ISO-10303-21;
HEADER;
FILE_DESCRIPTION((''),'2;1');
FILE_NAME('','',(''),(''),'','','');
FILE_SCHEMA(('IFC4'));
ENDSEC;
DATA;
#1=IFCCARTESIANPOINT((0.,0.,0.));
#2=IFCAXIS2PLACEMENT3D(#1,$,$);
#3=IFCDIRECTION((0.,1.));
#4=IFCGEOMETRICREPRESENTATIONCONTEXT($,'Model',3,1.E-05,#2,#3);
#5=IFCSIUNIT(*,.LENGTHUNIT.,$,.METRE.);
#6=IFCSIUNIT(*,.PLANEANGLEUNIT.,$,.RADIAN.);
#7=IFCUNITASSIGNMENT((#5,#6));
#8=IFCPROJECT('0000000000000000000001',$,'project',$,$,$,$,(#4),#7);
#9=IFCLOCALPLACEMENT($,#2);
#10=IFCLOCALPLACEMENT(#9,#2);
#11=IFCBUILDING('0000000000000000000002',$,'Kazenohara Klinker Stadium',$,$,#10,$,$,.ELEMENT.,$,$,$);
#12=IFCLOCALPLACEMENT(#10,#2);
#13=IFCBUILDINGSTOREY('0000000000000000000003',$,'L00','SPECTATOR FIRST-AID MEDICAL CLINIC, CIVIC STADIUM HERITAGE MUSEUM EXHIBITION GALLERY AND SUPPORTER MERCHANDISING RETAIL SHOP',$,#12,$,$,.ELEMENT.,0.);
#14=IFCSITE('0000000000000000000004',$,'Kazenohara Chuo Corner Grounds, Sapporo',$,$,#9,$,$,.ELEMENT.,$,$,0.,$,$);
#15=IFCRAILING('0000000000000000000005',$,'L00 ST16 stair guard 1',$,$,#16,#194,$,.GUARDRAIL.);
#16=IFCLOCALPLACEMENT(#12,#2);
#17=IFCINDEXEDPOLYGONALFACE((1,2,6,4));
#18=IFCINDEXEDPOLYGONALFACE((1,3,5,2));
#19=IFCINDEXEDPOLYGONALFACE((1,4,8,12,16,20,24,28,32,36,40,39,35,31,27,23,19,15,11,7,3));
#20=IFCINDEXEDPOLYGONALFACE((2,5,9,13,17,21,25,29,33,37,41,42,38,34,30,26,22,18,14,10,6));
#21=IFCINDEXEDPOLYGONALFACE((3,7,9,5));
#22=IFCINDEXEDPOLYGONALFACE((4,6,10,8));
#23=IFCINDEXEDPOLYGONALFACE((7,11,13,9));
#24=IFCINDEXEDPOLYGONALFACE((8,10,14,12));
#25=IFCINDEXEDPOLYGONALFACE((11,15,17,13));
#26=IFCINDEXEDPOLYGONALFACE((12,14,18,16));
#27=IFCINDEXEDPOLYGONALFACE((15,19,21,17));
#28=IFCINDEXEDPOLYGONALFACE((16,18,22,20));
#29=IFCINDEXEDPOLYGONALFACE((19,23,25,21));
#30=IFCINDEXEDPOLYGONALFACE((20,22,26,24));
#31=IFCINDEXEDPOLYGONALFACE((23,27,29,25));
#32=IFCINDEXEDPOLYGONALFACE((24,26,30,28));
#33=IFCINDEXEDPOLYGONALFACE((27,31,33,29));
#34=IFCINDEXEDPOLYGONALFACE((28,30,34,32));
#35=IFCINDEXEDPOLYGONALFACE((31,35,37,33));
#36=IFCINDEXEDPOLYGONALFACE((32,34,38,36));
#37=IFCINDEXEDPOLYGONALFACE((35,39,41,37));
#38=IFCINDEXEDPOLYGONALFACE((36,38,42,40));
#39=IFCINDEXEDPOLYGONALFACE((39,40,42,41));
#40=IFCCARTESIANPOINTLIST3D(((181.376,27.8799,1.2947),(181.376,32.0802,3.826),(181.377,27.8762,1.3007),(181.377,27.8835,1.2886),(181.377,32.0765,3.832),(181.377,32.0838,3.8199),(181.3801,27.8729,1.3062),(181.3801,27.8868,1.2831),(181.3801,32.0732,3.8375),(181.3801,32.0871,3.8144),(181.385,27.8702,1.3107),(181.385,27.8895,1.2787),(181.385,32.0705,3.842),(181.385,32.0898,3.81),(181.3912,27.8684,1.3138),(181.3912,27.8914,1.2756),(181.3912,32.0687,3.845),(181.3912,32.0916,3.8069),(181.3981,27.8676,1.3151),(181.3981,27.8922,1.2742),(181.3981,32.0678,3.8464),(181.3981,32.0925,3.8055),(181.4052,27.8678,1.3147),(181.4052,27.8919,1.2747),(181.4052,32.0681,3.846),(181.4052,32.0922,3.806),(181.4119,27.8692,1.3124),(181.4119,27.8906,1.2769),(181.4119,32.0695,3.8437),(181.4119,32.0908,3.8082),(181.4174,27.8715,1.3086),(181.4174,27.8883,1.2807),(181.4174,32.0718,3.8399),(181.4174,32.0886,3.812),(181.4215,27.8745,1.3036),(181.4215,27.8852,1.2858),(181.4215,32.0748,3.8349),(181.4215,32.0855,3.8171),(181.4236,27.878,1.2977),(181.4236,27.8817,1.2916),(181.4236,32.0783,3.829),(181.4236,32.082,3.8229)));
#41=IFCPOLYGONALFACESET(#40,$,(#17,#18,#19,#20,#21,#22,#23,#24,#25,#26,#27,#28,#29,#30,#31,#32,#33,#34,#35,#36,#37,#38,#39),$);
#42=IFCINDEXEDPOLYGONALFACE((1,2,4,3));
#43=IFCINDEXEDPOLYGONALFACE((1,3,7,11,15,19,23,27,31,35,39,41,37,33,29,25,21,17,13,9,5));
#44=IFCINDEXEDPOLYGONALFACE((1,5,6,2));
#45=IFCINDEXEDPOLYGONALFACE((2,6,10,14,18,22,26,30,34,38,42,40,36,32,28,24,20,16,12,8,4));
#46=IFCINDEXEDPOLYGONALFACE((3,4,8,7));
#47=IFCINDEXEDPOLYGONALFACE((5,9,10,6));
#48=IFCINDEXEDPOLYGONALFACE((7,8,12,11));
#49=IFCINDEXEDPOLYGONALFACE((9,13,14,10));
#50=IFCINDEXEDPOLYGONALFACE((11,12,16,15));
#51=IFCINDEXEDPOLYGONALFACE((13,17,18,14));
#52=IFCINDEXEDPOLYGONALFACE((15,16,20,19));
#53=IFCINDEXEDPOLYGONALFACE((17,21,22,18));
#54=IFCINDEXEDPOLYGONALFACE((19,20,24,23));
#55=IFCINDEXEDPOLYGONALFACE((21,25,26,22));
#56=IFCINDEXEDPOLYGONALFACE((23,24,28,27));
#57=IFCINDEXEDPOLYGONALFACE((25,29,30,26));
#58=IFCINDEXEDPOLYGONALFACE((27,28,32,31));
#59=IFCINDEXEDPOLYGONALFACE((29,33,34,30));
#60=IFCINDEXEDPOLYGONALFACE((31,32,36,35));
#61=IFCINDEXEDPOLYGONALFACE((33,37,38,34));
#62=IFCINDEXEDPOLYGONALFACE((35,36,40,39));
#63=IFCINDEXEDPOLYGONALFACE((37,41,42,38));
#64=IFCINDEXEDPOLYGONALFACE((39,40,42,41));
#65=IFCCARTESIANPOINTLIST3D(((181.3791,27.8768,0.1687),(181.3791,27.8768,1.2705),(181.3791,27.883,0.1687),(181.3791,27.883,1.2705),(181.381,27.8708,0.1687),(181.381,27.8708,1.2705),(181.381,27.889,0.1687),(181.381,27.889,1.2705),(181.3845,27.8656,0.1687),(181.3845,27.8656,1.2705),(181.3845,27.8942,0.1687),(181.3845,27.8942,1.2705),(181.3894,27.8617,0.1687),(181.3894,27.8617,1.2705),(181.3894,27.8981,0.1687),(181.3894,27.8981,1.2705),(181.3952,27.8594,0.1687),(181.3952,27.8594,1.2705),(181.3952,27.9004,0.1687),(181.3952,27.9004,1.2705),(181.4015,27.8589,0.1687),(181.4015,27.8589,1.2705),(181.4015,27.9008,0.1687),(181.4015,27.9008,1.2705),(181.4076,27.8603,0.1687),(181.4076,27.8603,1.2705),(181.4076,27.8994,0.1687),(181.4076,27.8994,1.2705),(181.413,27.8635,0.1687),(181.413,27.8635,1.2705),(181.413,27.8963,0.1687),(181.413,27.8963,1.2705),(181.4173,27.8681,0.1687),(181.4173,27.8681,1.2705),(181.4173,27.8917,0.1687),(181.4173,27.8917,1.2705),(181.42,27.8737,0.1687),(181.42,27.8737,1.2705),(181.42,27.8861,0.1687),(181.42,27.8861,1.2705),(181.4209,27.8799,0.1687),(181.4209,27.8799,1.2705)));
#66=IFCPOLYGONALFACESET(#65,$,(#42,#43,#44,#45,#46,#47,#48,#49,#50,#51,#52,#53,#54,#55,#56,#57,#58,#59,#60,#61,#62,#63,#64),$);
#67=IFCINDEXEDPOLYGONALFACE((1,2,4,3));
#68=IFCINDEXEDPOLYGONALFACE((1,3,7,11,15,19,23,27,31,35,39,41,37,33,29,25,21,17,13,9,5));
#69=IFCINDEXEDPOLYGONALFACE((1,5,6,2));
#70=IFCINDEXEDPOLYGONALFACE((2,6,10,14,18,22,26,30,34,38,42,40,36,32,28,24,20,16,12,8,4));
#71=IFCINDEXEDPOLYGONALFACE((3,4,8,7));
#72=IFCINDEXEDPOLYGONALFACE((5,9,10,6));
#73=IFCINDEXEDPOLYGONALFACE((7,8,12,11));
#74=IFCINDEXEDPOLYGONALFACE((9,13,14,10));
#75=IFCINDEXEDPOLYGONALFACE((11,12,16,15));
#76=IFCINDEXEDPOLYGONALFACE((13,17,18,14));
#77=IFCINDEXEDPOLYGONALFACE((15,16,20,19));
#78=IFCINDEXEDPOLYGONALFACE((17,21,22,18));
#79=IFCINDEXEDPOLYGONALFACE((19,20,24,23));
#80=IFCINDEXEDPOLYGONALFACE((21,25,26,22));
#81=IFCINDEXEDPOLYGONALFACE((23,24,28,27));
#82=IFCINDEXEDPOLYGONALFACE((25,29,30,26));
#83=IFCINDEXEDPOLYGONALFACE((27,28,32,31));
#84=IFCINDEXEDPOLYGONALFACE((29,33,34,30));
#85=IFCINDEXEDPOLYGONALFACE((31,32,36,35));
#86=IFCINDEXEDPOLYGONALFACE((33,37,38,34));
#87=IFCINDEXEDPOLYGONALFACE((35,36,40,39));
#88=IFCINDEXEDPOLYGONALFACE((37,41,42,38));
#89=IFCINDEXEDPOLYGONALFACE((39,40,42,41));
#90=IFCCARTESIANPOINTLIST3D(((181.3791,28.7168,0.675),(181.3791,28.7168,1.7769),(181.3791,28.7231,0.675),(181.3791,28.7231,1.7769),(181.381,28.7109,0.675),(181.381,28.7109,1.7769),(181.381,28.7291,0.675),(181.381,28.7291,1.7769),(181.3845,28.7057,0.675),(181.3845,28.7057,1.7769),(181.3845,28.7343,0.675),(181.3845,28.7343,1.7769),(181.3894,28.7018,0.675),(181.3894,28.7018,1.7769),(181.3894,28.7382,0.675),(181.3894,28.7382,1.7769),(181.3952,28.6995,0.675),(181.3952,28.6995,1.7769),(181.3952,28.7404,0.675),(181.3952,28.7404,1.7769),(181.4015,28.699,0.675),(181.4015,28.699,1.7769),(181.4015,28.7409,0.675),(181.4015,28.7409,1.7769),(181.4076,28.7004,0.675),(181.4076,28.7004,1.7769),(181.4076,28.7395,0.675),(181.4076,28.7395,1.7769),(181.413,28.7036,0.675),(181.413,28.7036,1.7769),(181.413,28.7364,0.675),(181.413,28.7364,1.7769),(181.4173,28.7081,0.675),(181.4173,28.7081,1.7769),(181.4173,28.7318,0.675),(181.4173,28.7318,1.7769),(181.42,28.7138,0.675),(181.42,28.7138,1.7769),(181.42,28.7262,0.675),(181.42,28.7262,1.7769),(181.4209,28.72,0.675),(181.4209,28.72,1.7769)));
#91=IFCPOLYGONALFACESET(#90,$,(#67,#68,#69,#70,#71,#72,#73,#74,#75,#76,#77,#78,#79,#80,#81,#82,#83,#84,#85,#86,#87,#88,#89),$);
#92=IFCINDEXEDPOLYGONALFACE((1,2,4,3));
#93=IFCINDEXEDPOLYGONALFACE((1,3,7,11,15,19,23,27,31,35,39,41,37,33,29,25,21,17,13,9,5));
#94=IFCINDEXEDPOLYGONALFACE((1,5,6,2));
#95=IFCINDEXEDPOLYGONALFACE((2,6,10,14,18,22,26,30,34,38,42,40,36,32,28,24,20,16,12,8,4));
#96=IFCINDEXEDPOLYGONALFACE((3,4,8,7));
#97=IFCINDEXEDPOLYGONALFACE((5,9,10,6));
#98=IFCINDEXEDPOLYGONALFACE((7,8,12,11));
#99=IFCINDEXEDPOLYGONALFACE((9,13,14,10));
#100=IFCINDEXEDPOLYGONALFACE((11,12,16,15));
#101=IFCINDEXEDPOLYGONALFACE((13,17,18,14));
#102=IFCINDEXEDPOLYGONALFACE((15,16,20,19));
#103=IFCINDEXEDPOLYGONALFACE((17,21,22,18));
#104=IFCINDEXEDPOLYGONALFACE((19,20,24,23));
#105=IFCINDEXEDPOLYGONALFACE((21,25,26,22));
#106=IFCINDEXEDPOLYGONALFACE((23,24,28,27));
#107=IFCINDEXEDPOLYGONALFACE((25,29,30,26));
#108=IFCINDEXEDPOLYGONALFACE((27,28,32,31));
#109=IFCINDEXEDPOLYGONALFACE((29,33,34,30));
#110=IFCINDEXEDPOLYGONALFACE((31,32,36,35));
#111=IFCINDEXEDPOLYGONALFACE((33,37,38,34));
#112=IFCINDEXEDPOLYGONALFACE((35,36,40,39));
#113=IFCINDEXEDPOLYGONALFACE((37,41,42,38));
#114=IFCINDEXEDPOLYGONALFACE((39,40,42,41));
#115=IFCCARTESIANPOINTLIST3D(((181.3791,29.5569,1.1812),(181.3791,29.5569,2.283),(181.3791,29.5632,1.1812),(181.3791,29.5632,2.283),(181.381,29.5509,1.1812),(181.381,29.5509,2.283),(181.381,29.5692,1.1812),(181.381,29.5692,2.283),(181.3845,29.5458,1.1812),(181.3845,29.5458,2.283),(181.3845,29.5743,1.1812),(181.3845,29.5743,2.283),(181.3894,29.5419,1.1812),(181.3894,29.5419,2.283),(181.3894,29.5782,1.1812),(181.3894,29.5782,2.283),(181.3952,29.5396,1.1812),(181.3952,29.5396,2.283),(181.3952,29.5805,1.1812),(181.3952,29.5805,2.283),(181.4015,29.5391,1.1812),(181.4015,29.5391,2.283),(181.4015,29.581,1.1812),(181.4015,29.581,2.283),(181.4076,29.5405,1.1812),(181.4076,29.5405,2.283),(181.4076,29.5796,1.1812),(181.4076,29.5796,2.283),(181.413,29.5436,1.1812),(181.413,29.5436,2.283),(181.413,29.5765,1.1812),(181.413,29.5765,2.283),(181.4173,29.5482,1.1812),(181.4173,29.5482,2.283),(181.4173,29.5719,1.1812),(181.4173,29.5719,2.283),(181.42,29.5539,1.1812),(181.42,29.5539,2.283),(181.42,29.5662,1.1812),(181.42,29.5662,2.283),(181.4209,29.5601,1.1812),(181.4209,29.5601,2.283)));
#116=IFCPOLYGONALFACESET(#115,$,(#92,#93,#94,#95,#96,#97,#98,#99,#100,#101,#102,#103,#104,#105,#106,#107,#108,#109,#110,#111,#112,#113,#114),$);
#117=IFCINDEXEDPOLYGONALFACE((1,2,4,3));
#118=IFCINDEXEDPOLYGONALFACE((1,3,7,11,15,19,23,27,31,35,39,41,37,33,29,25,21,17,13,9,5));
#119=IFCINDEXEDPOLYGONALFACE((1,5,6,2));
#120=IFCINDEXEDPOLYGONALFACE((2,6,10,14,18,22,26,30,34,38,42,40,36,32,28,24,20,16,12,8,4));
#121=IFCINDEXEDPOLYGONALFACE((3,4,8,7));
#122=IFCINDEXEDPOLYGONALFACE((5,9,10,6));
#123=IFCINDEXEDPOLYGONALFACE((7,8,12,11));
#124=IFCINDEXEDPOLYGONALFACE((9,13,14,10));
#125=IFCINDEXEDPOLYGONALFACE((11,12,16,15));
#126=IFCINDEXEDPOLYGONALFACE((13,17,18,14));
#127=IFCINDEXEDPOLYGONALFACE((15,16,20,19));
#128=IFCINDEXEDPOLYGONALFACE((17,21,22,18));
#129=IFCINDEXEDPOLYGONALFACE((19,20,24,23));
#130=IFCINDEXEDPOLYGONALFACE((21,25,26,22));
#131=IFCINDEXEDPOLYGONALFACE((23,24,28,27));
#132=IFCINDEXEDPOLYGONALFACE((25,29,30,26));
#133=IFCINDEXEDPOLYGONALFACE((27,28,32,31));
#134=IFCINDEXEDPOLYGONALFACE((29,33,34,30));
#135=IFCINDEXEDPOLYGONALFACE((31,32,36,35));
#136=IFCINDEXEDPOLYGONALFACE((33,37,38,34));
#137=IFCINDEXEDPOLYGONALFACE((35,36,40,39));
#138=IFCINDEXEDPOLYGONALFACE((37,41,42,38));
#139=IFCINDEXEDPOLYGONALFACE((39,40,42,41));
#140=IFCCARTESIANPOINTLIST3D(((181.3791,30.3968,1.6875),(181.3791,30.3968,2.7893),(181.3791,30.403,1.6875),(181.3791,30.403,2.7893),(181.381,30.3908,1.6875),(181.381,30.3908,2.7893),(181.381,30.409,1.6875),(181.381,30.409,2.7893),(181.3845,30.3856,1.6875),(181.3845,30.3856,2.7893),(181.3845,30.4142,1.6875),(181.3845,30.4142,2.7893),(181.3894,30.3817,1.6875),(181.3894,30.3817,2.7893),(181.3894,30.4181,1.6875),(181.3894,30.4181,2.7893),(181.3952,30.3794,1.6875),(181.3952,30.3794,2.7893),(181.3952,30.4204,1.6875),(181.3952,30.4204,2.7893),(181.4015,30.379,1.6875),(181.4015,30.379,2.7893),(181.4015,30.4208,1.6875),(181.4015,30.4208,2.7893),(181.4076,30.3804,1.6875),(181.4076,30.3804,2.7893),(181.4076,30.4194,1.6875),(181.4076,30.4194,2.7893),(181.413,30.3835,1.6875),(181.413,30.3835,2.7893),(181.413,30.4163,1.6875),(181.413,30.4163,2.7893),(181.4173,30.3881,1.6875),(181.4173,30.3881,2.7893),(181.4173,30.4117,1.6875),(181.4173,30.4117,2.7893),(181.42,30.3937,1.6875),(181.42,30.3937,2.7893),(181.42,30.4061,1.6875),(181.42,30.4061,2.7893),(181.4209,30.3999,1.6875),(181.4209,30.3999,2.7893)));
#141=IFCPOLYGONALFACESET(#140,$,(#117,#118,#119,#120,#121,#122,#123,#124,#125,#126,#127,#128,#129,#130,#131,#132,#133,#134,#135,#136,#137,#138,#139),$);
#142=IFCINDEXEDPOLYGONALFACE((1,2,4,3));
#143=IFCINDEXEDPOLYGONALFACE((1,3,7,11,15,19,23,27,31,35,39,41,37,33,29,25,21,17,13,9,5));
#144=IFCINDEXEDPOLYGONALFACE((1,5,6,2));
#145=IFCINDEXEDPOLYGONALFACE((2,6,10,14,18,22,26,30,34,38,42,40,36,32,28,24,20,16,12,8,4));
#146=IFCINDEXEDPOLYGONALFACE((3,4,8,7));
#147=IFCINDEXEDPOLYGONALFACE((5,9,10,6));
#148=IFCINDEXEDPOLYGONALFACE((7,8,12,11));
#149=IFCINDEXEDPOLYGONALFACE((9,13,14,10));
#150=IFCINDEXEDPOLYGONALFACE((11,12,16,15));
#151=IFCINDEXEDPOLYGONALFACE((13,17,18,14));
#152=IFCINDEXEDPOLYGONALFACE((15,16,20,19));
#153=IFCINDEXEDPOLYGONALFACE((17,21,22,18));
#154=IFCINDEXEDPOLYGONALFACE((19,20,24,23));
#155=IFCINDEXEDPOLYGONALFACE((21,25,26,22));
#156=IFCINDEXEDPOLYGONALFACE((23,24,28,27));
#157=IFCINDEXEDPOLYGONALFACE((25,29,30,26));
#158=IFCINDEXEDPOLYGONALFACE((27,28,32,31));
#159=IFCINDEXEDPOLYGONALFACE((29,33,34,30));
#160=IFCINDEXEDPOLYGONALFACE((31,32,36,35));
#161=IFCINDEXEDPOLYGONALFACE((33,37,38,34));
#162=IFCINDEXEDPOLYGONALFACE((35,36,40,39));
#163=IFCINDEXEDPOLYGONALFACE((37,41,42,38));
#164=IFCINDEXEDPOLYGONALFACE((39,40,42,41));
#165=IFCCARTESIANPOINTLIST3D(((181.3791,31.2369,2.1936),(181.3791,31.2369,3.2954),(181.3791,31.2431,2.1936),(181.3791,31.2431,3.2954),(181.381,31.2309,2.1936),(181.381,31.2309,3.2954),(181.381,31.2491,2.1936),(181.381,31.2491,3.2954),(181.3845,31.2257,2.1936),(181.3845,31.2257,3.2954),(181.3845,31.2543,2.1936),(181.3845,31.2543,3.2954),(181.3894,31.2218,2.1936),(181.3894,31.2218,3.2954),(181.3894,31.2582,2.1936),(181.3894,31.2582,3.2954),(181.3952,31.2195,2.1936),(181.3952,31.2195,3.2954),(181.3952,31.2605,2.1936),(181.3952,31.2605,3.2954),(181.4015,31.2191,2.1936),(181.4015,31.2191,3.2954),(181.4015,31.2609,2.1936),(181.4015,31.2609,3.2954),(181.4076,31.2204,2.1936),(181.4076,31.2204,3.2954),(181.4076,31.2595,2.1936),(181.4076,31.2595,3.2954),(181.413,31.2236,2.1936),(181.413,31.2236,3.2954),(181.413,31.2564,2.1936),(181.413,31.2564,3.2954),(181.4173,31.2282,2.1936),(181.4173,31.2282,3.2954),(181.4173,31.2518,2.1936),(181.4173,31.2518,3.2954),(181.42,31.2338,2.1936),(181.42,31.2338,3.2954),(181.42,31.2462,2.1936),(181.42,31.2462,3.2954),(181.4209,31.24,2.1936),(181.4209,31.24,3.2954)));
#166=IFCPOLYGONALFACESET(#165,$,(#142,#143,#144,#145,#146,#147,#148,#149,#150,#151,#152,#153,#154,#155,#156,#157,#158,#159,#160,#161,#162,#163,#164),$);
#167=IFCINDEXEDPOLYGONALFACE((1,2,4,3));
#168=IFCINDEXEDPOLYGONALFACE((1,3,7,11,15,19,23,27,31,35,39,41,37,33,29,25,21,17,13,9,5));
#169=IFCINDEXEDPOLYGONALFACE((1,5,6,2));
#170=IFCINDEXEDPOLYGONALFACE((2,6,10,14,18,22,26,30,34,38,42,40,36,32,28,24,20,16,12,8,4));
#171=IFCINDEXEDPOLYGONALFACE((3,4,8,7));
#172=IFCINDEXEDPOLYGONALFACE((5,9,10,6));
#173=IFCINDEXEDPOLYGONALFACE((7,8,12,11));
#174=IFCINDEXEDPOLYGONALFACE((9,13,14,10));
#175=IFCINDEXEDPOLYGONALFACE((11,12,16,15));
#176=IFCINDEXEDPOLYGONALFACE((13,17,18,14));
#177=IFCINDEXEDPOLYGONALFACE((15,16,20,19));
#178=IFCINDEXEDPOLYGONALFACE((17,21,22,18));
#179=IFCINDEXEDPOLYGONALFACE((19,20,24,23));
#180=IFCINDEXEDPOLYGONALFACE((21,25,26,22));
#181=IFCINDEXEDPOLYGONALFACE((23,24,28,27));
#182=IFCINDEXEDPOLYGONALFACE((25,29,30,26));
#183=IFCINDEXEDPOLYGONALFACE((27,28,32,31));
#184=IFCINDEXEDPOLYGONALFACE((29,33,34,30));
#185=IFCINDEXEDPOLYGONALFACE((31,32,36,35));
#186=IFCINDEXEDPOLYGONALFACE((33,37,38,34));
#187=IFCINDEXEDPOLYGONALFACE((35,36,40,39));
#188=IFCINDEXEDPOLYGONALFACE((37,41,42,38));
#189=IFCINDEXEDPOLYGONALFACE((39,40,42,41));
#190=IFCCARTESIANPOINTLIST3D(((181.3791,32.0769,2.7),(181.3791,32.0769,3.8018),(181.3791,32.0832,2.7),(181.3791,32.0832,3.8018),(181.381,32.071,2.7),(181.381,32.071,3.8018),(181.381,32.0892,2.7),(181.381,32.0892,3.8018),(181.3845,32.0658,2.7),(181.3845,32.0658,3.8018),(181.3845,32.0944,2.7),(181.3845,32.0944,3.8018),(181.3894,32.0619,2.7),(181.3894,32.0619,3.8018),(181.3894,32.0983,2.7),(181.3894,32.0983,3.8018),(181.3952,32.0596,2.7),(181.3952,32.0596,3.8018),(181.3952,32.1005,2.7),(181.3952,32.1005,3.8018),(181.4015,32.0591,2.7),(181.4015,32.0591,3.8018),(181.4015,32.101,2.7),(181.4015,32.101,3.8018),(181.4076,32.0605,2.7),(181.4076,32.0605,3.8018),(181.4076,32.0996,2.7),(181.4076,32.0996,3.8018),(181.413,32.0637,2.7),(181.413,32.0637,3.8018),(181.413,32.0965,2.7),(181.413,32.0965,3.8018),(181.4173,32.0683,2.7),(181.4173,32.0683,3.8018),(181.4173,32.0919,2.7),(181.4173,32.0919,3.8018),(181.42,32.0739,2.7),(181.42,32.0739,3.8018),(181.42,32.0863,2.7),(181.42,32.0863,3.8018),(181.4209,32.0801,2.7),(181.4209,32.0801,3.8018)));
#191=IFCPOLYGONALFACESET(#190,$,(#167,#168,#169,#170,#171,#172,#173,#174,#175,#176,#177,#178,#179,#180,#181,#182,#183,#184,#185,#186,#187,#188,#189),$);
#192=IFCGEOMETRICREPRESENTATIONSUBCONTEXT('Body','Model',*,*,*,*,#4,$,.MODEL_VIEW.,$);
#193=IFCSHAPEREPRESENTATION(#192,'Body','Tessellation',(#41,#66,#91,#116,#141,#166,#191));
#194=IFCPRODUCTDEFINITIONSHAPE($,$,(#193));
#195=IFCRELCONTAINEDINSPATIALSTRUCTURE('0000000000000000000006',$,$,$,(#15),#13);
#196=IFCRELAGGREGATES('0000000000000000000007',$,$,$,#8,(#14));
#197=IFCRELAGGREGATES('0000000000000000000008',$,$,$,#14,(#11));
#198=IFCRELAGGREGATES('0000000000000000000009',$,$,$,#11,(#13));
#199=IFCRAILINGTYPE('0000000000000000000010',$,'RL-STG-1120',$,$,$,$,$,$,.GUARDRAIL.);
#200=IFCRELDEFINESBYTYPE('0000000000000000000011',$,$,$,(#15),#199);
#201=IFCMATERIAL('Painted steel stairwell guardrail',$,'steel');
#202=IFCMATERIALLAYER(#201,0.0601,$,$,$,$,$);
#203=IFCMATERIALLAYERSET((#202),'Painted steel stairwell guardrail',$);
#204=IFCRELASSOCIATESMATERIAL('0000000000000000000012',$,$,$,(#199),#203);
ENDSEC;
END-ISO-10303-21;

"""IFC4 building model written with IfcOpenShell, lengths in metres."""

from ifc_helpers import new_model, si_unit, direction, frame, origin, origin_2d, place, context, subcontext, project, spatial, circle, extrude, material, layer, layer_set, type_object, element, save


model = new_model("IFC4")

# Units and contexts
model_context = context("Model", 3, precision=1e-05, world=origin(), true_north=direction((0.0, 1.0)))
body_context = subcontext(model_context, "Body", "Model", "MODEL_VIEW")
ifc_project = project(units=[si_unit("LENGTHUNIT", "METRE"), si_unit("PLANEANGLEUNIT", "RADIAN")], contexts=[model_context])

# Site, building, storey
site_placement = place(None, origin())
site = spatial("IfcSite", under=ifc_project, at=site_placement, Name="Kazenohara Chuo Corner Grounds, Sapporo", CompositionType="ELEMENT", RefElevation=0.0)
building_placement = place(site_placement, origin())
building = spatial("IfcBuilding", under=site, at=building_placement, Name="Kazenohara Klinker Stadium", CompositionType="ELEMENT")
storey_placement = place(building_placement, origin())
storey = spatial("IfcBuildingStorey", under=building, at=storey_placement, Name="L00", Description="SPECTATOR FIRST-AID MEDICAL CLINIC, CIVIC STADIUM HERITAGE MUSEUM EXHIBITION GALLERY AND SUPPORTER MERCHANDISING RETAIL SHOP", CompositionType="ELEMENT", Elevation=0.0)

# Railing
ifc_material_1 = material(Name="Painted steel stairwell guardrail", Category="steel")
ifc_layer_1 = layer(ifc_material_1, 0.0601)
ifc_layer_set_1 = layer_set([ifc_layer_1], Name="Painted steel stairwell guardrail")
railing_type_1 = type_object("IfcRailingType", Name="RL-STG-1120", PredefinedType="GUARDRAIL", material=ifc_layer_set_1)
railing_1_placement = place(storey_placement, frame((181.3999, 27.8799, 0.1687)))
element("IfcRailing", 1, at=railing_1_placement, inside=storey, type_object=railing_type_1, Name="L00 ST16 stair guard 1", PredefinedType="GUARDRAIL", context=body_context, shape_type="SweptSolid", body=[
    extrude(circle(Radius=0.0239, at=origin_2d()), frame((0.0, 0.0, 1.126), z_axis=(0.0, 0.85649, 0.516164), x_axis=(-1.0, 0.0, 0.0)), (0.0, 0.0, 1.0), 4.9041),
    extrude(circle(Radius=0.021, at=origin_2d()), origin(), (0.0, 0.0, 1.0), 1.1018),
    extrude(circle(Radius=0.021, at=origin_2d()), frame((0.0, 0.8401, 0.5063)), (0.0, 0.0, 1.0), 1.1018),
    extrude(circle(Radius=0.021, at=origin_2d()), frame((0.0, 1.6802, 1.0125)), (0.0, 0.0, 1.0), 1.1018),
    extrude(circle(Radius=0.021, at=origin_2d()), frame((0.0, 2.52, 1.5188)), (0.0, 0.0, 1.0), 1.1018),
    extrude(circle(Radius=0.021, at=origin_2d()), frame((0.0, 3.3601, 2.0249)), (0.0, 0.0, 1.0), 1.1018),
    extrude(circle(Radius=0.021, at=origin_2d()), frame((0.0, 4.2002, 2.5312)), (0.0, 0.0, 1.0), 1.1018),
])

save(model, "model.ifc")
